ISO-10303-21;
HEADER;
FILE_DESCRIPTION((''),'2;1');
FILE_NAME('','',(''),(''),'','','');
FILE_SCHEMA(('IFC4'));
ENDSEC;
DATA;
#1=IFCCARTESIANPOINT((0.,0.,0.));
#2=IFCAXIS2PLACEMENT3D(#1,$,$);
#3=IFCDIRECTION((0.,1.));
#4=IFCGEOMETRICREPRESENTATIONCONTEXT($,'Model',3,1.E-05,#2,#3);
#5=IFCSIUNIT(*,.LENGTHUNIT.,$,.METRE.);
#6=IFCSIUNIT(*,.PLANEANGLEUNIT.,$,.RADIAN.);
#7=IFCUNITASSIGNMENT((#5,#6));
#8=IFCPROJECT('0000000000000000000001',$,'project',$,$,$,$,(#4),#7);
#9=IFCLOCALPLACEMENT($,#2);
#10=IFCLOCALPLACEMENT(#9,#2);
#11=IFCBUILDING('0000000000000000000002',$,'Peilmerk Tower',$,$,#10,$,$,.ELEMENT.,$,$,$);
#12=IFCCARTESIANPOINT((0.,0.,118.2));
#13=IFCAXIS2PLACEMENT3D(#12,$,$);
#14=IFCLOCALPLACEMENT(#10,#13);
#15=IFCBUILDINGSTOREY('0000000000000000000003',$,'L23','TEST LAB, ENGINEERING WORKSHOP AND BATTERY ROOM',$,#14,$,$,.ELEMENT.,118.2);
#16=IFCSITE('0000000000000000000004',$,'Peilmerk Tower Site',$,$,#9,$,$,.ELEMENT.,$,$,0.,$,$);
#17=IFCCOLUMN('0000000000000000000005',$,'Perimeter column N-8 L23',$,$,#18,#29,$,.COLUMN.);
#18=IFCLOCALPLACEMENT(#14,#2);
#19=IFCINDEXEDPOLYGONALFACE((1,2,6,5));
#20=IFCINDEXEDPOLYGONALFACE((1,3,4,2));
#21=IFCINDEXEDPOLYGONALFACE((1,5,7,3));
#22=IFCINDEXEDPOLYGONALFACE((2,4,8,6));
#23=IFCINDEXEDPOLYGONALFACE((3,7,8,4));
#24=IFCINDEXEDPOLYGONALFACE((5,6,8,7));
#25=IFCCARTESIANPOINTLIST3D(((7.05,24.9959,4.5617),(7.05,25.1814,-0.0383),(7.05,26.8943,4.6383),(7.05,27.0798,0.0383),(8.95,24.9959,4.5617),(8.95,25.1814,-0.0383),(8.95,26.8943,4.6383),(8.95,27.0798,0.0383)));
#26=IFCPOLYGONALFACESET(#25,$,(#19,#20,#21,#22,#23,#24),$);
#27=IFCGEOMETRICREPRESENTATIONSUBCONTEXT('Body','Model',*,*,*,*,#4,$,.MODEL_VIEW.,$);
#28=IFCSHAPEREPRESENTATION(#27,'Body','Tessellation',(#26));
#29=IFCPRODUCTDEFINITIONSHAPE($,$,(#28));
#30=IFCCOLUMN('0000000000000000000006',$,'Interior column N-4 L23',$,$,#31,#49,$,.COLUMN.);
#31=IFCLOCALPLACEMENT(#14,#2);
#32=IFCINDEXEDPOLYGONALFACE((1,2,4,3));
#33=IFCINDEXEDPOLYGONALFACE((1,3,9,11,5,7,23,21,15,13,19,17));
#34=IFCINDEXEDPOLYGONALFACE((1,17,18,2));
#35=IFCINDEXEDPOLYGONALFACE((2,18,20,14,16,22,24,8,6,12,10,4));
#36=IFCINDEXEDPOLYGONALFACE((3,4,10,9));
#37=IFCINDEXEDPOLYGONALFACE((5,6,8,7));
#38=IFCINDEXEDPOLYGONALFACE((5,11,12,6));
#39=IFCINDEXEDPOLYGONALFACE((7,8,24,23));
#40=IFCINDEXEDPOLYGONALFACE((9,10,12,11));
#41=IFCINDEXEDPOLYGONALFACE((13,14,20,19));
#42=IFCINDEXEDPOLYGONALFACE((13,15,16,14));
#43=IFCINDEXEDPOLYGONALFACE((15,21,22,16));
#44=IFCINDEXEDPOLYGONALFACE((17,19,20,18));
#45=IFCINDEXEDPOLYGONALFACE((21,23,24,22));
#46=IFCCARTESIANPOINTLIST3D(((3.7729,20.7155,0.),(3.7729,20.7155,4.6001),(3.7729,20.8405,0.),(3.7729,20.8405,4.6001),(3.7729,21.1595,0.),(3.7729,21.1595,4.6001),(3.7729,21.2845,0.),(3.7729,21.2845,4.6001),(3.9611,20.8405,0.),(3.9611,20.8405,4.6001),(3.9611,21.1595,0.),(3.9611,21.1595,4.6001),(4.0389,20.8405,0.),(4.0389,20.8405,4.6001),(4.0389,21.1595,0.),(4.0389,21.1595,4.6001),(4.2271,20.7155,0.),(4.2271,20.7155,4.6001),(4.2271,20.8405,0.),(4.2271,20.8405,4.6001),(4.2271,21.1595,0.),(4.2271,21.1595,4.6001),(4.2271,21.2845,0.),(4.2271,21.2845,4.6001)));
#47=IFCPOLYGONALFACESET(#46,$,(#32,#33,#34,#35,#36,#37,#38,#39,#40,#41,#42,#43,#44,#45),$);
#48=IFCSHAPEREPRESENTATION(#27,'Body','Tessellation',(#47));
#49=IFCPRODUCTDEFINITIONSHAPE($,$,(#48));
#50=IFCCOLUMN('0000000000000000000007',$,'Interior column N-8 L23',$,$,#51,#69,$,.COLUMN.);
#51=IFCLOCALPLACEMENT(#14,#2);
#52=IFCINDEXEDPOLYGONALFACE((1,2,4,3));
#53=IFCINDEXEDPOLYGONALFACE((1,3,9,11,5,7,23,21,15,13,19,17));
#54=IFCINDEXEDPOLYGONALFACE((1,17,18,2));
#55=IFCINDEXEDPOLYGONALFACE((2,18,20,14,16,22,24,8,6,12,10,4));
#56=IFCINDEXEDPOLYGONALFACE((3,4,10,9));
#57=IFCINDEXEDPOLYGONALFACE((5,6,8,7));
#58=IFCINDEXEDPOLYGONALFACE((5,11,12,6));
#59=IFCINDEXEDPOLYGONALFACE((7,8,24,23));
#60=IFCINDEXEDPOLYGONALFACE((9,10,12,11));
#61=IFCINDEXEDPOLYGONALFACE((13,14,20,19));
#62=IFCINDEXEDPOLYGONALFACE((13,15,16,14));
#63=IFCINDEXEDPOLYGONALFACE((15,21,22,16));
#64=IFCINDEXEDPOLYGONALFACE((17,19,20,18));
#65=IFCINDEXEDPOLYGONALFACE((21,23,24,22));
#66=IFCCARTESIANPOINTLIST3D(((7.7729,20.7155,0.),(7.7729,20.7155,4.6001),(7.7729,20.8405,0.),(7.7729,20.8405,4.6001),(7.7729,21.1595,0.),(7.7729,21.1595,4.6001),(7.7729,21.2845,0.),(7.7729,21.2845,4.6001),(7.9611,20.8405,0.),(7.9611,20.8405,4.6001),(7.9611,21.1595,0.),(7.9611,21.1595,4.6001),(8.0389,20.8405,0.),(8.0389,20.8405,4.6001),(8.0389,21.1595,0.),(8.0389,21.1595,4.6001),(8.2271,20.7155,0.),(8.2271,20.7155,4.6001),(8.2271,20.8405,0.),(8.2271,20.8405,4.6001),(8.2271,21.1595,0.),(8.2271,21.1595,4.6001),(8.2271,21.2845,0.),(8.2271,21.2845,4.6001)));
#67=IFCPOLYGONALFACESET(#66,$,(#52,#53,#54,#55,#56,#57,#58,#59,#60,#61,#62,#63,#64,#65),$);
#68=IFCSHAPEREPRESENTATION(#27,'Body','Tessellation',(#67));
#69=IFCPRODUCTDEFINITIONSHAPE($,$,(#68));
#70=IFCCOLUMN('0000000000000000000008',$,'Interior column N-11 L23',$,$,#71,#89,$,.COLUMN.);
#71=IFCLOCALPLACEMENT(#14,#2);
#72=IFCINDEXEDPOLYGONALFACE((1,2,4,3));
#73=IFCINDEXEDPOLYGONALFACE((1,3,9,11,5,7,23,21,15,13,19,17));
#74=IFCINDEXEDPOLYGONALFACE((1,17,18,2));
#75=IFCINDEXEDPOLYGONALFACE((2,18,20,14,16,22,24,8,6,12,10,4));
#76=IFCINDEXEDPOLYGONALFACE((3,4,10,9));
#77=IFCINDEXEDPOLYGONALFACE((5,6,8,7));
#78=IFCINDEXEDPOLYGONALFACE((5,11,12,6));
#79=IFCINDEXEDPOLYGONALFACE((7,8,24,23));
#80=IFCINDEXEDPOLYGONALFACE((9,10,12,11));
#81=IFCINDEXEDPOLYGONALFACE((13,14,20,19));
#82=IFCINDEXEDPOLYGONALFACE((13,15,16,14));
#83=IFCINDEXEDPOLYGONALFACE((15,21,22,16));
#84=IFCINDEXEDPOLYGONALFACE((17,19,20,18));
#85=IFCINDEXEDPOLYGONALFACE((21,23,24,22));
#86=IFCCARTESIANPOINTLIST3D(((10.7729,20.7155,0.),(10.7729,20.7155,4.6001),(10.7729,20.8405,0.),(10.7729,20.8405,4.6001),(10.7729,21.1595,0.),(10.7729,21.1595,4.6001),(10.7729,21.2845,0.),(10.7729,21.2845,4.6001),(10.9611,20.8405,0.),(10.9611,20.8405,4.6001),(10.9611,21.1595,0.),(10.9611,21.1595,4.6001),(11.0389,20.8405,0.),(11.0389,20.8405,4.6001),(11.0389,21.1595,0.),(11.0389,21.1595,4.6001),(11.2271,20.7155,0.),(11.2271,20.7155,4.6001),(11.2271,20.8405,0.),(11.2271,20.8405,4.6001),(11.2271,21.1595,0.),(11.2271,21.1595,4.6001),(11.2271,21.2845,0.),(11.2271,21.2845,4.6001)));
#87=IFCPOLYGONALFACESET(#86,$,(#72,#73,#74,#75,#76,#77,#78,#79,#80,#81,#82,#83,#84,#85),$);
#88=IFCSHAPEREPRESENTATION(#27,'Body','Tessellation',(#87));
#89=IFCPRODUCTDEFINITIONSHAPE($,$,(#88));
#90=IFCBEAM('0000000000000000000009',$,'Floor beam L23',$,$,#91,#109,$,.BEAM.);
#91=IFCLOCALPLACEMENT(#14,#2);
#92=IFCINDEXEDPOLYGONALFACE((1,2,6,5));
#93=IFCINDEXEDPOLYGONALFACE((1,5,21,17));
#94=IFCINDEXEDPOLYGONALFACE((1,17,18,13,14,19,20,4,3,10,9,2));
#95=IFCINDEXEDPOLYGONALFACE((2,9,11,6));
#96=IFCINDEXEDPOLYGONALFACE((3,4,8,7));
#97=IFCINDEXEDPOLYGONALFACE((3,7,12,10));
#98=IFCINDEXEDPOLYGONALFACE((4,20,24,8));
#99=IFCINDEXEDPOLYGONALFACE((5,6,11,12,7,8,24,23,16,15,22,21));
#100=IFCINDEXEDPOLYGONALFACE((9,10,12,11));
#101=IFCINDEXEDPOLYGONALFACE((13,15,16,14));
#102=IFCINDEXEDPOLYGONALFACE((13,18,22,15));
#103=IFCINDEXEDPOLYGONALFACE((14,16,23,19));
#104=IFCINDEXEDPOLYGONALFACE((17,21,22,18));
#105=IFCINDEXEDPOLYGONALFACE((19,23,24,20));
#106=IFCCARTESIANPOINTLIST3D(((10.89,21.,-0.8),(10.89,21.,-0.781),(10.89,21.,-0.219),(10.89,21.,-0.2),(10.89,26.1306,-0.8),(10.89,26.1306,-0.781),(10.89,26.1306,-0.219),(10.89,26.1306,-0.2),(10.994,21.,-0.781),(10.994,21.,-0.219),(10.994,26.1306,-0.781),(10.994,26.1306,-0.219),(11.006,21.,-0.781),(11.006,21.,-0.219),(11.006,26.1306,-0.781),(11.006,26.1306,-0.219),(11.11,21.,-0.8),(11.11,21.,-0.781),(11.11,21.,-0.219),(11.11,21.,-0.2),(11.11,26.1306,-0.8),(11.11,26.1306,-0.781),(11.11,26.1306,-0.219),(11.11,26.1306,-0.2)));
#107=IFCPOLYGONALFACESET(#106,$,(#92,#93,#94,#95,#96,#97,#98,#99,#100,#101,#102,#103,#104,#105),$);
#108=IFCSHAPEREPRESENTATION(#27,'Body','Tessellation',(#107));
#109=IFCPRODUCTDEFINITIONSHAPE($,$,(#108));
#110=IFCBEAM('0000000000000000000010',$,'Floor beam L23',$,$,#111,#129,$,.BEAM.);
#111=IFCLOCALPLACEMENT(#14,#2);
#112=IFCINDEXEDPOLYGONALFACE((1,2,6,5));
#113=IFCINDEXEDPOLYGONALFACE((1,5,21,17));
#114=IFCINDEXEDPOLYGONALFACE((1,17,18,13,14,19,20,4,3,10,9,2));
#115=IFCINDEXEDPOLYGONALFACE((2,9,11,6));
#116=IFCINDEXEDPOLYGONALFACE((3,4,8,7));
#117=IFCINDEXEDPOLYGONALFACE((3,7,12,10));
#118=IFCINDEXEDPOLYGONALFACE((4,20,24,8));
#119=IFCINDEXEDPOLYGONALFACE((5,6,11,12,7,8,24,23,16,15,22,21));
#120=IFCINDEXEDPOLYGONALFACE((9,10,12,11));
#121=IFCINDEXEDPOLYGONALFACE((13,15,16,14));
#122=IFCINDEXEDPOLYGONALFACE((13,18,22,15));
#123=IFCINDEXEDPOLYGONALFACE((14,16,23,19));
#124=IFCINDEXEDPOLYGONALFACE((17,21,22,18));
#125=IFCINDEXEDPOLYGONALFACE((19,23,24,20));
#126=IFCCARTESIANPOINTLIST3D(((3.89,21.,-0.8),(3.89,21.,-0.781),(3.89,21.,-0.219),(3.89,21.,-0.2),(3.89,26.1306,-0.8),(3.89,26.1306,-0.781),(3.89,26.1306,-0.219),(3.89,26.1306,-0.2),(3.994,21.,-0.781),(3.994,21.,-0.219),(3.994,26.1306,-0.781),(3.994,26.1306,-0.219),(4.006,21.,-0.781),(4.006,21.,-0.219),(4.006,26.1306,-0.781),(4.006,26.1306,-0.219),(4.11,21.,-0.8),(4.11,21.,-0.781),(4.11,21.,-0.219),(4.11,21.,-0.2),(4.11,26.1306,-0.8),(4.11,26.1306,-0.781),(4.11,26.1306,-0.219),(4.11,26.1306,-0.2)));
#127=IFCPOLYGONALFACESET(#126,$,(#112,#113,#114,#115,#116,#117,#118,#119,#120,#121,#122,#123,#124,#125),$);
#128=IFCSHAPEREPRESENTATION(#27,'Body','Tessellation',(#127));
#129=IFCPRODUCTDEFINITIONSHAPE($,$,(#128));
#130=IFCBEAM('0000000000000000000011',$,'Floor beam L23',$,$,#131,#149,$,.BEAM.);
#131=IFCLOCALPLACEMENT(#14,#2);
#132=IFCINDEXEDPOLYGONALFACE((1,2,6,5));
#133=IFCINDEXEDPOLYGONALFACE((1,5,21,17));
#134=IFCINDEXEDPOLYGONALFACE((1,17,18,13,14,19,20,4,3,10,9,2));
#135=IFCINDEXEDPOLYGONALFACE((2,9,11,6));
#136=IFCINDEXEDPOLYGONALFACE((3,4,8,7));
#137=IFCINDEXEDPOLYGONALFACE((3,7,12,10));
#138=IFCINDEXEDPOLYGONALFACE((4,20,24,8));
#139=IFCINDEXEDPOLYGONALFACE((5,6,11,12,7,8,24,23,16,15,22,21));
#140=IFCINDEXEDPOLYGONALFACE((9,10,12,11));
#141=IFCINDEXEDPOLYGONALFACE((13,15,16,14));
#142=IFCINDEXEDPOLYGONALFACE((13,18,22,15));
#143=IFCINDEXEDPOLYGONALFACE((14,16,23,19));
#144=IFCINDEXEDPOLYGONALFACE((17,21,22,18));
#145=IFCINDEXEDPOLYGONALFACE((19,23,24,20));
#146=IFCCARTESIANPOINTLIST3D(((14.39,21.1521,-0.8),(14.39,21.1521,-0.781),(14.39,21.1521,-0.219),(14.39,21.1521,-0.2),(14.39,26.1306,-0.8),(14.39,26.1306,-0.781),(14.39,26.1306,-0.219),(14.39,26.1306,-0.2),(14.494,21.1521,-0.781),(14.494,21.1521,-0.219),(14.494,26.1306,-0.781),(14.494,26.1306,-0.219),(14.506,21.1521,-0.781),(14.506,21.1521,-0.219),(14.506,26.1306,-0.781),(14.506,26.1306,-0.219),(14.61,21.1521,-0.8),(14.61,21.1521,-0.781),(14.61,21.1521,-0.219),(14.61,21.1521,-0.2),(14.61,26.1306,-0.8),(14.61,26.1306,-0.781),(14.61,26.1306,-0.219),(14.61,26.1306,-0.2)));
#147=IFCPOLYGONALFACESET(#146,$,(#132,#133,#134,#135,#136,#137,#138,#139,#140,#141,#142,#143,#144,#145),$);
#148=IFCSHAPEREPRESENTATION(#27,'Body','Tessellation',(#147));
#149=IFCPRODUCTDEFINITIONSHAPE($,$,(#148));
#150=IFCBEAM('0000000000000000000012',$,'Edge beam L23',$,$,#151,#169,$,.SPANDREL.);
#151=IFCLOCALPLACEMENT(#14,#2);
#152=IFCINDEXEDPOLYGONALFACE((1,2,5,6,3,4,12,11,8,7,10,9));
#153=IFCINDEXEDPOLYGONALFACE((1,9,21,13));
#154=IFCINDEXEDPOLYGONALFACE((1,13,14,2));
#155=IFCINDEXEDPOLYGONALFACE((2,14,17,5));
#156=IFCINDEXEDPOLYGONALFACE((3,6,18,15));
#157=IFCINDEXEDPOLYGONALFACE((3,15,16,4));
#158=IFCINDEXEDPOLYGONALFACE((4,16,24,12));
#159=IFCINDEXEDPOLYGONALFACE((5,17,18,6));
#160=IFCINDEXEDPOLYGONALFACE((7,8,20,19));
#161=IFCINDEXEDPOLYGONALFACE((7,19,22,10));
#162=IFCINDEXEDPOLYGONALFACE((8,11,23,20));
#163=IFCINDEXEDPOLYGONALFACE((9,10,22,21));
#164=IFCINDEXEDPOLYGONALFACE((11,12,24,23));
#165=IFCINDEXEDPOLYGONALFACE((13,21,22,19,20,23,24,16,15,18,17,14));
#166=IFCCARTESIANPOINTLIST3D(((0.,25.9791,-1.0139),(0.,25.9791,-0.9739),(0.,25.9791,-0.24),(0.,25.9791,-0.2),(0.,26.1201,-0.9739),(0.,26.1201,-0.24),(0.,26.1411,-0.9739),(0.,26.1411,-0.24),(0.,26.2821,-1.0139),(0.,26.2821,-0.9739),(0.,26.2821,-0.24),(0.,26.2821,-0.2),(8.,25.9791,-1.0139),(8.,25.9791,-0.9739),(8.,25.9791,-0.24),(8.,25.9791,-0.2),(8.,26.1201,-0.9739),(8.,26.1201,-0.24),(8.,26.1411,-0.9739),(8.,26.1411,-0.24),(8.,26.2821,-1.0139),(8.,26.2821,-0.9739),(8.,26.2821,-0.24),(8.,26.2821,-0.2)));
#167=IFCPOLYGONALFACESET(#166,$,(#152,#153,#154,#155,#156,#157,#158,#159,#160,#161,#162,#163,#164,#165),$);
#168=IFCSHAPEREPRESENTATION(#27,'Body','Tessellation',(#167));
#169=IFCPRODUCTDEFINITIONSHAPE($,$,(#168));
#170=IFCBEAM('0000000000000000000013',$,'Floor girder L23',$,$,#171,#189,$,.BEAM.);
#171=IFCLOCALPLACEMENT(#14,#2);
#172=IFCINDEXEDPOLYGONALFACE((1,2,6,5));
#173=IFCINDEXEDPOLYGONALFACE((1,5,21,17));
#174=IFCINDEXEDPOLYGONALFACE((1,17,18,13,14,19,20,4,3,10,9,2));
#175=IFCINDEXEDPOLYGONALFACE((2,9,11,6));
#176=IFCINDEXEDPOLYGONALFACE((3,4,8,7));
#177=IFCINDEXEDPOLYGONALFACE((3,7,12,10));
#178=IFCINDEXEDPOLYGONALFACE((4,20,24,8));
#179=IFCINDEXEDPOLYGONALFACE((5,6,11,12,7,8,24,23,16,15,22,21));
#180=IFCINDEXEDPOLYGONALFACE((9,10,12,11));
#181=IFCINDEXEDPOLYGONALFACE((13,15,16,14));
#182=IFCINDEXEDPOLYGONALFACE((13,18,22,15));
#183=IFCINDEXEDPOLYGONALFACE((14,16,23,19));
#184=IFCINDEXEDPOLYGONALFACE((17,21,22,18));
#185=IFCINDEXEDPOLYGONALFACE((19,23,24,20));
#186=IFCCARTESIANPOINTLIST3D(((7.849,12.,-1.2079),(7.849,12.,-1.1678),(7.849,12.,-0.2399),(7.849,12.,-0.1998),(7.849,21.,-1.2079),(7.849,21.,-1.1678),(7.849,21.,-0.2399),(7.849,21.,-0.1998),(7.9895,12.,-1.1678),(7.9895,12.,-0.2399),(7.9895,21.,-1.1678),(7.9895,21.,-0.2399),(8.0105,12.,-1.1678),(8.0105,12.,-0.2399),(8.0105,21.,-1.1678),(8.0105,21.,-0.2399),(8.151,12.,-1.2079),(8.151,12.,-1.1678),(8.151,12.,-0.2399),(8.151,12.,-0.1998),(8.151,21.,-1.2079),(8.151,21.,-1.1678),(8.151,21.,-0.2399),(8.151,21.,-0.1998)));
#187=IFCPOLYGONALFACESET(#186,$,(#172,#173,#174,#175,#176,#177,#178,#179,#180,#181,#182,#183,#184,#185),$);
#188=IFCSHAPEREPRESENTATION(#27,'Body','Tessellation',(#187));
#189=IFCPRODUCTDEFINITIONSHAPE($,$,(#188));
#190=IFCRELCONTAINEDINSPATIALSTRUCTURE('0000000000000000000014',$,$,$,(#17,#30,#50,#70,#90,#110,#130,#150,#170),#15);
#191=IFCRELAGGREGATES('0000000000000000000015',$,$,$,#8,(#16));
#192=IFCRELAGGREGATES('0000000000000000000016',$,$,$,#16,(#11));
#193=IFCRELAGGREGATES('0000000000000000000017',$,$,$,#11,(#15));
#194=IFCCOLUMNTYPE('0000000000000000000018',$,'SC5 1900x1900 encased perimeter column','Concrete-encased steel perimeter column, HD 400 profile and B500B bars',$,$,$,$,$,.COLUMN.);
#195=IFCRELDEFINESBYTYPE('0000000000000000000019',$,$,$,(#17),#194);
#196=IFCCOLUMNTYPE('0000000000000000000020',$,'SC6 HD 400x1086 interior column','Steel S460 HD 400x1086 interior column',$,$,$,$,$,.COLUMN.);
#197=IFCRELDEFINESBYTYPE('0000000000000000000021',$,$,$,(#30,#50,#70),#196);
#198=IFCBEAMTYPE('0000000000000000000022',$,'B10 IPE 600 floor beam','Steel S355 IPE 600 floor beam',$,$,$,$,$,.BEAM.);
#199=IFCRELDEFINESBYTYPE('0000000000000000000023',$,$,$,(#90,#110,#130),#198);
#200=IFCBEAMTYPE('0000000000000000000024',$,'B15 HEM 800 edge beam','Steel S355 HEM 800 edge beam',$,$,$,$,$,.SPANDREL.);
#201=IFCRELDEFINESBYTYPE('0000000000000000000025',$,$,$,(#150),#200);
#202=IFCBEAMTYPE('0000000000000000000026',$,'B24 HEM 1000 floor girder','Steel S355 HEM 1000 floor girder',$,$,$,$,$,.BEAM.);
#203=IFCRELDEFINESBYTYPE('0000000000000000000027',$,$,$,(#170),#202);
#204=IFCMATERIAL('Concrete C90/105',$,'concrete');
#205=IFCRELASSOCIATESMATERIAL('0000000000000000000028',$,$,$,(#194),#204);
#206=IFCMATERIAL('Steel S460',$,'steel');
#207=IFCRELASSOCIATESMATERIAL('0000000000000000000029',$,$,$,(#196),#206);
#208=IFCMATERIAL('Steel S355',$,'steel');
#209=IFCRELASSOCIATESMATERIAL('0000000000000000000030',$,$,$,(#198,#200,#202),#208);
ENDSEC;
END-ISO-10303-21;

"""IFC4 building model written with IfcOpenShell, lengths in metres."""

from ifc_helpers import new_model, si_unit, direction, frame, origin, origin_2d, place, context, subcontext, project, spatial, rectangle, i_section, extrude, material, material_profile, profile_set, type_object, element, save


model = new_model("IFC4")

# Units and contexts
model_context = context("Model", 3, precision=1e-05, world=origin(), true_north=direction((0.0, 1.0)))
body_context = subcontext(model_context, "Body", "Model", "MODEL_VIEW")
ifc_project = project(units=[si_unit("LENGTHUNIT", "METRE"), si_unit("PLANEANGLEUNIT", "RADIAN")], contexts=[model_context])

# Site, building, storey
site_placement = place(None, origin())
site = spatial("IfcSite", under=ifc_project, at=site_placement, Name="Peilmerk Tower Site", CompositionType="ELEMENT", RefElevation=0.0)
building_placement = place(site_placement, origin())
building = spatial("IfcBuilding", under=site, at=building_placement, Name="Peilmerk Tower", CompositionType="ELEMENT")
storey_placement = place(building_placement, frame((0.0, 0.0, 118.2)))
storey = spatial("IfcBuildingStorey", under=building, at=storey_placement, Name="L23", Description="TEST LAB, ENGINEERING WORKSHOP AND BATTERY ROOM", CompositionType="ELEMENT", Elevation=118.2)

# Columns
ifc_material_1 = material(Name="Concrete C90/105", Category="concrete")
ifc_material_profile_1 = material_profile(ifc_material_1, rectangle(XDim=1.8999, YDim=1.8999, at=origin_2d()), Name="RC 1900x1900")
ifc_profile_set_1 = profile_set([ifc_material_profile_1], Name="Concrete C90/105")
column_type_1 = type_object("IfcColumnType", Name="SC5 1900x1900 encased perimeter column", Description="Concrete-encased steel perimeter column, HD 400 profile and B500B bars", PredefinedType="COLUMN", material=ifc_profile_set_1)
column_placement = place(storey_placement, frame((8.0, 26.1306, 0.0), z_axis=(0.0, -0.040303, 0.999188), x_axis=(1.0, 0.0, 0.0)))
element("IfcColumn", 1, at=column_placement, inside=storey, type_object=column_type_1, Name="Perimeter column N-8 L23", PredefinedType="COLUMN", context=body_context, shape_type="SweptSolid", body=[
    extrude(rectangle(XDim=1.8999, YDim=1.8999, at=origin_2d()), origin(), (0.0, 0.0, 1.0), 4.6038),
])
ifc_material_2 = material(Name="Steel S460", Category="steel")
ifc_material_profile_2 = material_profile(ifc_material_2, i_section(OverallWidth=0.4541, OverallDepth=0.5691, WebThickness=0.0779, FlangeThickness=0.125, at=origin_2d()), Name="HD 400x1086")
ifc_profile_set_2 = profile_set([ifc_material_profile_2], Name="Steel S460")
column_type_2 = type_object("IfcColumnType", Name="SC6 HD 400x1086 interior column", Description="Steel S460 HD 400x1086 interior column", PredefinedType="COLUMN", material=ifc_profile_set_2)
for number, where, z_axis, x_axis, name in (
    (2, (4.0, 21.0, 0.0), (0.0, 0.0, 1.0), (1.0, 0.0, 0.0), "Interior column N-4 L23"),
    (3, (8.0, 21.0, 0.0), (0.0, 0.0, 1.0), (1.0, 0.0, 0.0), "Interior column N-8 L23"),
    (4, (11.0, 21.0, 0.0), (0.0, 0.0, 1.0), (1.0, 0.0, 0.0), "Interior column N-11 L23"),
):
    element("IfcColumn", number, at=place(storey_placement, frame(where, z_axis=z_axis, x_axis=x_axis)), inside=storey, type_object=column_type_2, Name=name, PredefinedType="COLUMN", context=body_context, shape_type="SweptSolid", body=[
        extrude(i_section(OverallWidth=0.4541, OverallDepth=0.5691, WebThickness=0.0779, FlangeThickness=0.125, at=origin_2d()), origin(), (0.0, 0.0, 1.0), 4.6001),
    ])

# Beams
ifc_material_3 = material(Name="Steel S355", Category="steel")
ifc_material_profile_3 = material_profile(ifc_material_3, i_section(OverallWidth=0.22, OverallDepth=0.6001, WebThickness=0.012, FlangeThickness=0.019, at=origin_2d()), Name="IPE 600")
ifc_profile_set_3 = profile_set([ifc_material_profile_3], Name="Steel S355")
beam_type_1 = type_object("IfcBeamType", Name="B10 IPE 600 floor beam", Description="Steel S355 IPE 600 floor beam", PredefinedType="BEAM", material=ifc_profile_set_3)
for number, where, z_axis, x_axis, name in (
    (5, (11.0, 21.0, -0.5), (0.0, 1.0, 0.0), (-1.0, 0.0, 0.0), "Floor beam L23"),
    (6, (4.0, 21.0, -0.5), (0.0, 1.0, 0.0), (-1.0, 0.0, 0.0), "Floor beam L23"),
):
    element("IfcBeam", number, at=place(storey_placement, frame(where, z_axis=z_axis, x_axis=x_axis)), inside=storey, type_object=beam_type_1, Name=name, PredefinedType="BEAM", context=body_context, shape_type="SweptSolid", body=[
        extrude(i_section(OverallWidth=0.22, OverallDepth=0.6001, WebThickness=0.012, FlangeThickness=0.019, at=origin_2d()), origin(), (0.0, 0.0, 1.0), 5.1306),
    ])
beam_1_placement = place(storey_placement, frame((14.5, 21.1521, -0.5), z_axis=(0.0, 1.0, 0.0), x_axis=(-1.0, 0.0, 0.0)))
element("IfcBeam", 7, at=beam_1_placement, inside=storey, type_object=beam_type_1, Name="Floor beam L23", PredefinedType="BEAM", context=body_context, shape_type="SweptSolid", body=[
    extrude(i_section(OverallWidth=0.22, OverallDepth=0.6001, WebThickness=0.012, FlangeThickness=0.019, at=origin_2d()), origin(), (0.0, 0.0, 1.0), 4.9785),
])
ifc_material_profile_4 = material_profile(ifc_material_3, i_section(OverallWidth=0.303, OverallDepth=0.814, WebThickness=0.021, FlangeThickness=0.04, at=origin_2d()), Name="HEM 800")
ifc_profile_set_4 = profile_set([ifc_material_profile_4], Name="Steel S355")
beam_type_2 = type_object("IfcBeamType", Name="B15 HEM 800 edge beam", Description="Steel S355 HEM 800 edge beam", PredefinedType="SPANDREL", material=ifc_profile_set_4)
beam_2_placement = place(storey_placement, frame((8.0, 26.1306, -0.6069), z_axis=(-1.0, 0.0, 0.0), x_axis=(0.0, -1.0, 0.0)))
element("IfcBeam", 8, at=beam_2_placement, inside=storey, type_object=beam_type_2, Name="Edge beam L23", PredefinedType="SPANDREL", context=body_context, shape_type="SweptSolid", body=[
    extrude(i_section(OverallWidth=0.303, OverallDepth=0.814, WebThickness=0.021, FlangeThickness=0.04, at=origin_2d()), origin(), (0.0, 0.0, 1.0), 8.0),
])
ifc_material_profile_5 = material_profile(ifc_material_3, i_section(OverallWidth=0.302, OverallDepth=1.0081, WebThickness=0.021, FlangeThickness=0.04, at=origin_2d()), Name="HEM 1000")
ifc_profile_set_5 = profile_set([ifc_material_profile_5], Name="Steel S355")
beam_type_3 = type_object("IfcBeamType", Name="B24 HEM 1000 floor girder", Description="Steel S355 HEM 1000 floor girder", PredefinedType="BEAM", material=ifc_profile_set_5)
beam_3_placement = place(storey_placement, frame((8.0, 12.0, -0.7039), z_axis=(0.0, 1.0, 0.0), x_axis=(-1.0, 0.0, 0.0)))
element("IfcBeam", 9, at=beam_3_placement, inside=storey, type_object=beam_type_3, Name="Floor girder L23", PredefinedType="BEAM", context=body_context, shape_type="SweptSolid", body=[
    extrude(i_section(OverallWidth=0.302, OverallDepth=1.0081, WebThickness=0.021, FlangeThickness=0.04, at=origin_2d()), origin(), (0.0, 0.0, 1.0), 9.0),
])

save(model, "model.ifc")
